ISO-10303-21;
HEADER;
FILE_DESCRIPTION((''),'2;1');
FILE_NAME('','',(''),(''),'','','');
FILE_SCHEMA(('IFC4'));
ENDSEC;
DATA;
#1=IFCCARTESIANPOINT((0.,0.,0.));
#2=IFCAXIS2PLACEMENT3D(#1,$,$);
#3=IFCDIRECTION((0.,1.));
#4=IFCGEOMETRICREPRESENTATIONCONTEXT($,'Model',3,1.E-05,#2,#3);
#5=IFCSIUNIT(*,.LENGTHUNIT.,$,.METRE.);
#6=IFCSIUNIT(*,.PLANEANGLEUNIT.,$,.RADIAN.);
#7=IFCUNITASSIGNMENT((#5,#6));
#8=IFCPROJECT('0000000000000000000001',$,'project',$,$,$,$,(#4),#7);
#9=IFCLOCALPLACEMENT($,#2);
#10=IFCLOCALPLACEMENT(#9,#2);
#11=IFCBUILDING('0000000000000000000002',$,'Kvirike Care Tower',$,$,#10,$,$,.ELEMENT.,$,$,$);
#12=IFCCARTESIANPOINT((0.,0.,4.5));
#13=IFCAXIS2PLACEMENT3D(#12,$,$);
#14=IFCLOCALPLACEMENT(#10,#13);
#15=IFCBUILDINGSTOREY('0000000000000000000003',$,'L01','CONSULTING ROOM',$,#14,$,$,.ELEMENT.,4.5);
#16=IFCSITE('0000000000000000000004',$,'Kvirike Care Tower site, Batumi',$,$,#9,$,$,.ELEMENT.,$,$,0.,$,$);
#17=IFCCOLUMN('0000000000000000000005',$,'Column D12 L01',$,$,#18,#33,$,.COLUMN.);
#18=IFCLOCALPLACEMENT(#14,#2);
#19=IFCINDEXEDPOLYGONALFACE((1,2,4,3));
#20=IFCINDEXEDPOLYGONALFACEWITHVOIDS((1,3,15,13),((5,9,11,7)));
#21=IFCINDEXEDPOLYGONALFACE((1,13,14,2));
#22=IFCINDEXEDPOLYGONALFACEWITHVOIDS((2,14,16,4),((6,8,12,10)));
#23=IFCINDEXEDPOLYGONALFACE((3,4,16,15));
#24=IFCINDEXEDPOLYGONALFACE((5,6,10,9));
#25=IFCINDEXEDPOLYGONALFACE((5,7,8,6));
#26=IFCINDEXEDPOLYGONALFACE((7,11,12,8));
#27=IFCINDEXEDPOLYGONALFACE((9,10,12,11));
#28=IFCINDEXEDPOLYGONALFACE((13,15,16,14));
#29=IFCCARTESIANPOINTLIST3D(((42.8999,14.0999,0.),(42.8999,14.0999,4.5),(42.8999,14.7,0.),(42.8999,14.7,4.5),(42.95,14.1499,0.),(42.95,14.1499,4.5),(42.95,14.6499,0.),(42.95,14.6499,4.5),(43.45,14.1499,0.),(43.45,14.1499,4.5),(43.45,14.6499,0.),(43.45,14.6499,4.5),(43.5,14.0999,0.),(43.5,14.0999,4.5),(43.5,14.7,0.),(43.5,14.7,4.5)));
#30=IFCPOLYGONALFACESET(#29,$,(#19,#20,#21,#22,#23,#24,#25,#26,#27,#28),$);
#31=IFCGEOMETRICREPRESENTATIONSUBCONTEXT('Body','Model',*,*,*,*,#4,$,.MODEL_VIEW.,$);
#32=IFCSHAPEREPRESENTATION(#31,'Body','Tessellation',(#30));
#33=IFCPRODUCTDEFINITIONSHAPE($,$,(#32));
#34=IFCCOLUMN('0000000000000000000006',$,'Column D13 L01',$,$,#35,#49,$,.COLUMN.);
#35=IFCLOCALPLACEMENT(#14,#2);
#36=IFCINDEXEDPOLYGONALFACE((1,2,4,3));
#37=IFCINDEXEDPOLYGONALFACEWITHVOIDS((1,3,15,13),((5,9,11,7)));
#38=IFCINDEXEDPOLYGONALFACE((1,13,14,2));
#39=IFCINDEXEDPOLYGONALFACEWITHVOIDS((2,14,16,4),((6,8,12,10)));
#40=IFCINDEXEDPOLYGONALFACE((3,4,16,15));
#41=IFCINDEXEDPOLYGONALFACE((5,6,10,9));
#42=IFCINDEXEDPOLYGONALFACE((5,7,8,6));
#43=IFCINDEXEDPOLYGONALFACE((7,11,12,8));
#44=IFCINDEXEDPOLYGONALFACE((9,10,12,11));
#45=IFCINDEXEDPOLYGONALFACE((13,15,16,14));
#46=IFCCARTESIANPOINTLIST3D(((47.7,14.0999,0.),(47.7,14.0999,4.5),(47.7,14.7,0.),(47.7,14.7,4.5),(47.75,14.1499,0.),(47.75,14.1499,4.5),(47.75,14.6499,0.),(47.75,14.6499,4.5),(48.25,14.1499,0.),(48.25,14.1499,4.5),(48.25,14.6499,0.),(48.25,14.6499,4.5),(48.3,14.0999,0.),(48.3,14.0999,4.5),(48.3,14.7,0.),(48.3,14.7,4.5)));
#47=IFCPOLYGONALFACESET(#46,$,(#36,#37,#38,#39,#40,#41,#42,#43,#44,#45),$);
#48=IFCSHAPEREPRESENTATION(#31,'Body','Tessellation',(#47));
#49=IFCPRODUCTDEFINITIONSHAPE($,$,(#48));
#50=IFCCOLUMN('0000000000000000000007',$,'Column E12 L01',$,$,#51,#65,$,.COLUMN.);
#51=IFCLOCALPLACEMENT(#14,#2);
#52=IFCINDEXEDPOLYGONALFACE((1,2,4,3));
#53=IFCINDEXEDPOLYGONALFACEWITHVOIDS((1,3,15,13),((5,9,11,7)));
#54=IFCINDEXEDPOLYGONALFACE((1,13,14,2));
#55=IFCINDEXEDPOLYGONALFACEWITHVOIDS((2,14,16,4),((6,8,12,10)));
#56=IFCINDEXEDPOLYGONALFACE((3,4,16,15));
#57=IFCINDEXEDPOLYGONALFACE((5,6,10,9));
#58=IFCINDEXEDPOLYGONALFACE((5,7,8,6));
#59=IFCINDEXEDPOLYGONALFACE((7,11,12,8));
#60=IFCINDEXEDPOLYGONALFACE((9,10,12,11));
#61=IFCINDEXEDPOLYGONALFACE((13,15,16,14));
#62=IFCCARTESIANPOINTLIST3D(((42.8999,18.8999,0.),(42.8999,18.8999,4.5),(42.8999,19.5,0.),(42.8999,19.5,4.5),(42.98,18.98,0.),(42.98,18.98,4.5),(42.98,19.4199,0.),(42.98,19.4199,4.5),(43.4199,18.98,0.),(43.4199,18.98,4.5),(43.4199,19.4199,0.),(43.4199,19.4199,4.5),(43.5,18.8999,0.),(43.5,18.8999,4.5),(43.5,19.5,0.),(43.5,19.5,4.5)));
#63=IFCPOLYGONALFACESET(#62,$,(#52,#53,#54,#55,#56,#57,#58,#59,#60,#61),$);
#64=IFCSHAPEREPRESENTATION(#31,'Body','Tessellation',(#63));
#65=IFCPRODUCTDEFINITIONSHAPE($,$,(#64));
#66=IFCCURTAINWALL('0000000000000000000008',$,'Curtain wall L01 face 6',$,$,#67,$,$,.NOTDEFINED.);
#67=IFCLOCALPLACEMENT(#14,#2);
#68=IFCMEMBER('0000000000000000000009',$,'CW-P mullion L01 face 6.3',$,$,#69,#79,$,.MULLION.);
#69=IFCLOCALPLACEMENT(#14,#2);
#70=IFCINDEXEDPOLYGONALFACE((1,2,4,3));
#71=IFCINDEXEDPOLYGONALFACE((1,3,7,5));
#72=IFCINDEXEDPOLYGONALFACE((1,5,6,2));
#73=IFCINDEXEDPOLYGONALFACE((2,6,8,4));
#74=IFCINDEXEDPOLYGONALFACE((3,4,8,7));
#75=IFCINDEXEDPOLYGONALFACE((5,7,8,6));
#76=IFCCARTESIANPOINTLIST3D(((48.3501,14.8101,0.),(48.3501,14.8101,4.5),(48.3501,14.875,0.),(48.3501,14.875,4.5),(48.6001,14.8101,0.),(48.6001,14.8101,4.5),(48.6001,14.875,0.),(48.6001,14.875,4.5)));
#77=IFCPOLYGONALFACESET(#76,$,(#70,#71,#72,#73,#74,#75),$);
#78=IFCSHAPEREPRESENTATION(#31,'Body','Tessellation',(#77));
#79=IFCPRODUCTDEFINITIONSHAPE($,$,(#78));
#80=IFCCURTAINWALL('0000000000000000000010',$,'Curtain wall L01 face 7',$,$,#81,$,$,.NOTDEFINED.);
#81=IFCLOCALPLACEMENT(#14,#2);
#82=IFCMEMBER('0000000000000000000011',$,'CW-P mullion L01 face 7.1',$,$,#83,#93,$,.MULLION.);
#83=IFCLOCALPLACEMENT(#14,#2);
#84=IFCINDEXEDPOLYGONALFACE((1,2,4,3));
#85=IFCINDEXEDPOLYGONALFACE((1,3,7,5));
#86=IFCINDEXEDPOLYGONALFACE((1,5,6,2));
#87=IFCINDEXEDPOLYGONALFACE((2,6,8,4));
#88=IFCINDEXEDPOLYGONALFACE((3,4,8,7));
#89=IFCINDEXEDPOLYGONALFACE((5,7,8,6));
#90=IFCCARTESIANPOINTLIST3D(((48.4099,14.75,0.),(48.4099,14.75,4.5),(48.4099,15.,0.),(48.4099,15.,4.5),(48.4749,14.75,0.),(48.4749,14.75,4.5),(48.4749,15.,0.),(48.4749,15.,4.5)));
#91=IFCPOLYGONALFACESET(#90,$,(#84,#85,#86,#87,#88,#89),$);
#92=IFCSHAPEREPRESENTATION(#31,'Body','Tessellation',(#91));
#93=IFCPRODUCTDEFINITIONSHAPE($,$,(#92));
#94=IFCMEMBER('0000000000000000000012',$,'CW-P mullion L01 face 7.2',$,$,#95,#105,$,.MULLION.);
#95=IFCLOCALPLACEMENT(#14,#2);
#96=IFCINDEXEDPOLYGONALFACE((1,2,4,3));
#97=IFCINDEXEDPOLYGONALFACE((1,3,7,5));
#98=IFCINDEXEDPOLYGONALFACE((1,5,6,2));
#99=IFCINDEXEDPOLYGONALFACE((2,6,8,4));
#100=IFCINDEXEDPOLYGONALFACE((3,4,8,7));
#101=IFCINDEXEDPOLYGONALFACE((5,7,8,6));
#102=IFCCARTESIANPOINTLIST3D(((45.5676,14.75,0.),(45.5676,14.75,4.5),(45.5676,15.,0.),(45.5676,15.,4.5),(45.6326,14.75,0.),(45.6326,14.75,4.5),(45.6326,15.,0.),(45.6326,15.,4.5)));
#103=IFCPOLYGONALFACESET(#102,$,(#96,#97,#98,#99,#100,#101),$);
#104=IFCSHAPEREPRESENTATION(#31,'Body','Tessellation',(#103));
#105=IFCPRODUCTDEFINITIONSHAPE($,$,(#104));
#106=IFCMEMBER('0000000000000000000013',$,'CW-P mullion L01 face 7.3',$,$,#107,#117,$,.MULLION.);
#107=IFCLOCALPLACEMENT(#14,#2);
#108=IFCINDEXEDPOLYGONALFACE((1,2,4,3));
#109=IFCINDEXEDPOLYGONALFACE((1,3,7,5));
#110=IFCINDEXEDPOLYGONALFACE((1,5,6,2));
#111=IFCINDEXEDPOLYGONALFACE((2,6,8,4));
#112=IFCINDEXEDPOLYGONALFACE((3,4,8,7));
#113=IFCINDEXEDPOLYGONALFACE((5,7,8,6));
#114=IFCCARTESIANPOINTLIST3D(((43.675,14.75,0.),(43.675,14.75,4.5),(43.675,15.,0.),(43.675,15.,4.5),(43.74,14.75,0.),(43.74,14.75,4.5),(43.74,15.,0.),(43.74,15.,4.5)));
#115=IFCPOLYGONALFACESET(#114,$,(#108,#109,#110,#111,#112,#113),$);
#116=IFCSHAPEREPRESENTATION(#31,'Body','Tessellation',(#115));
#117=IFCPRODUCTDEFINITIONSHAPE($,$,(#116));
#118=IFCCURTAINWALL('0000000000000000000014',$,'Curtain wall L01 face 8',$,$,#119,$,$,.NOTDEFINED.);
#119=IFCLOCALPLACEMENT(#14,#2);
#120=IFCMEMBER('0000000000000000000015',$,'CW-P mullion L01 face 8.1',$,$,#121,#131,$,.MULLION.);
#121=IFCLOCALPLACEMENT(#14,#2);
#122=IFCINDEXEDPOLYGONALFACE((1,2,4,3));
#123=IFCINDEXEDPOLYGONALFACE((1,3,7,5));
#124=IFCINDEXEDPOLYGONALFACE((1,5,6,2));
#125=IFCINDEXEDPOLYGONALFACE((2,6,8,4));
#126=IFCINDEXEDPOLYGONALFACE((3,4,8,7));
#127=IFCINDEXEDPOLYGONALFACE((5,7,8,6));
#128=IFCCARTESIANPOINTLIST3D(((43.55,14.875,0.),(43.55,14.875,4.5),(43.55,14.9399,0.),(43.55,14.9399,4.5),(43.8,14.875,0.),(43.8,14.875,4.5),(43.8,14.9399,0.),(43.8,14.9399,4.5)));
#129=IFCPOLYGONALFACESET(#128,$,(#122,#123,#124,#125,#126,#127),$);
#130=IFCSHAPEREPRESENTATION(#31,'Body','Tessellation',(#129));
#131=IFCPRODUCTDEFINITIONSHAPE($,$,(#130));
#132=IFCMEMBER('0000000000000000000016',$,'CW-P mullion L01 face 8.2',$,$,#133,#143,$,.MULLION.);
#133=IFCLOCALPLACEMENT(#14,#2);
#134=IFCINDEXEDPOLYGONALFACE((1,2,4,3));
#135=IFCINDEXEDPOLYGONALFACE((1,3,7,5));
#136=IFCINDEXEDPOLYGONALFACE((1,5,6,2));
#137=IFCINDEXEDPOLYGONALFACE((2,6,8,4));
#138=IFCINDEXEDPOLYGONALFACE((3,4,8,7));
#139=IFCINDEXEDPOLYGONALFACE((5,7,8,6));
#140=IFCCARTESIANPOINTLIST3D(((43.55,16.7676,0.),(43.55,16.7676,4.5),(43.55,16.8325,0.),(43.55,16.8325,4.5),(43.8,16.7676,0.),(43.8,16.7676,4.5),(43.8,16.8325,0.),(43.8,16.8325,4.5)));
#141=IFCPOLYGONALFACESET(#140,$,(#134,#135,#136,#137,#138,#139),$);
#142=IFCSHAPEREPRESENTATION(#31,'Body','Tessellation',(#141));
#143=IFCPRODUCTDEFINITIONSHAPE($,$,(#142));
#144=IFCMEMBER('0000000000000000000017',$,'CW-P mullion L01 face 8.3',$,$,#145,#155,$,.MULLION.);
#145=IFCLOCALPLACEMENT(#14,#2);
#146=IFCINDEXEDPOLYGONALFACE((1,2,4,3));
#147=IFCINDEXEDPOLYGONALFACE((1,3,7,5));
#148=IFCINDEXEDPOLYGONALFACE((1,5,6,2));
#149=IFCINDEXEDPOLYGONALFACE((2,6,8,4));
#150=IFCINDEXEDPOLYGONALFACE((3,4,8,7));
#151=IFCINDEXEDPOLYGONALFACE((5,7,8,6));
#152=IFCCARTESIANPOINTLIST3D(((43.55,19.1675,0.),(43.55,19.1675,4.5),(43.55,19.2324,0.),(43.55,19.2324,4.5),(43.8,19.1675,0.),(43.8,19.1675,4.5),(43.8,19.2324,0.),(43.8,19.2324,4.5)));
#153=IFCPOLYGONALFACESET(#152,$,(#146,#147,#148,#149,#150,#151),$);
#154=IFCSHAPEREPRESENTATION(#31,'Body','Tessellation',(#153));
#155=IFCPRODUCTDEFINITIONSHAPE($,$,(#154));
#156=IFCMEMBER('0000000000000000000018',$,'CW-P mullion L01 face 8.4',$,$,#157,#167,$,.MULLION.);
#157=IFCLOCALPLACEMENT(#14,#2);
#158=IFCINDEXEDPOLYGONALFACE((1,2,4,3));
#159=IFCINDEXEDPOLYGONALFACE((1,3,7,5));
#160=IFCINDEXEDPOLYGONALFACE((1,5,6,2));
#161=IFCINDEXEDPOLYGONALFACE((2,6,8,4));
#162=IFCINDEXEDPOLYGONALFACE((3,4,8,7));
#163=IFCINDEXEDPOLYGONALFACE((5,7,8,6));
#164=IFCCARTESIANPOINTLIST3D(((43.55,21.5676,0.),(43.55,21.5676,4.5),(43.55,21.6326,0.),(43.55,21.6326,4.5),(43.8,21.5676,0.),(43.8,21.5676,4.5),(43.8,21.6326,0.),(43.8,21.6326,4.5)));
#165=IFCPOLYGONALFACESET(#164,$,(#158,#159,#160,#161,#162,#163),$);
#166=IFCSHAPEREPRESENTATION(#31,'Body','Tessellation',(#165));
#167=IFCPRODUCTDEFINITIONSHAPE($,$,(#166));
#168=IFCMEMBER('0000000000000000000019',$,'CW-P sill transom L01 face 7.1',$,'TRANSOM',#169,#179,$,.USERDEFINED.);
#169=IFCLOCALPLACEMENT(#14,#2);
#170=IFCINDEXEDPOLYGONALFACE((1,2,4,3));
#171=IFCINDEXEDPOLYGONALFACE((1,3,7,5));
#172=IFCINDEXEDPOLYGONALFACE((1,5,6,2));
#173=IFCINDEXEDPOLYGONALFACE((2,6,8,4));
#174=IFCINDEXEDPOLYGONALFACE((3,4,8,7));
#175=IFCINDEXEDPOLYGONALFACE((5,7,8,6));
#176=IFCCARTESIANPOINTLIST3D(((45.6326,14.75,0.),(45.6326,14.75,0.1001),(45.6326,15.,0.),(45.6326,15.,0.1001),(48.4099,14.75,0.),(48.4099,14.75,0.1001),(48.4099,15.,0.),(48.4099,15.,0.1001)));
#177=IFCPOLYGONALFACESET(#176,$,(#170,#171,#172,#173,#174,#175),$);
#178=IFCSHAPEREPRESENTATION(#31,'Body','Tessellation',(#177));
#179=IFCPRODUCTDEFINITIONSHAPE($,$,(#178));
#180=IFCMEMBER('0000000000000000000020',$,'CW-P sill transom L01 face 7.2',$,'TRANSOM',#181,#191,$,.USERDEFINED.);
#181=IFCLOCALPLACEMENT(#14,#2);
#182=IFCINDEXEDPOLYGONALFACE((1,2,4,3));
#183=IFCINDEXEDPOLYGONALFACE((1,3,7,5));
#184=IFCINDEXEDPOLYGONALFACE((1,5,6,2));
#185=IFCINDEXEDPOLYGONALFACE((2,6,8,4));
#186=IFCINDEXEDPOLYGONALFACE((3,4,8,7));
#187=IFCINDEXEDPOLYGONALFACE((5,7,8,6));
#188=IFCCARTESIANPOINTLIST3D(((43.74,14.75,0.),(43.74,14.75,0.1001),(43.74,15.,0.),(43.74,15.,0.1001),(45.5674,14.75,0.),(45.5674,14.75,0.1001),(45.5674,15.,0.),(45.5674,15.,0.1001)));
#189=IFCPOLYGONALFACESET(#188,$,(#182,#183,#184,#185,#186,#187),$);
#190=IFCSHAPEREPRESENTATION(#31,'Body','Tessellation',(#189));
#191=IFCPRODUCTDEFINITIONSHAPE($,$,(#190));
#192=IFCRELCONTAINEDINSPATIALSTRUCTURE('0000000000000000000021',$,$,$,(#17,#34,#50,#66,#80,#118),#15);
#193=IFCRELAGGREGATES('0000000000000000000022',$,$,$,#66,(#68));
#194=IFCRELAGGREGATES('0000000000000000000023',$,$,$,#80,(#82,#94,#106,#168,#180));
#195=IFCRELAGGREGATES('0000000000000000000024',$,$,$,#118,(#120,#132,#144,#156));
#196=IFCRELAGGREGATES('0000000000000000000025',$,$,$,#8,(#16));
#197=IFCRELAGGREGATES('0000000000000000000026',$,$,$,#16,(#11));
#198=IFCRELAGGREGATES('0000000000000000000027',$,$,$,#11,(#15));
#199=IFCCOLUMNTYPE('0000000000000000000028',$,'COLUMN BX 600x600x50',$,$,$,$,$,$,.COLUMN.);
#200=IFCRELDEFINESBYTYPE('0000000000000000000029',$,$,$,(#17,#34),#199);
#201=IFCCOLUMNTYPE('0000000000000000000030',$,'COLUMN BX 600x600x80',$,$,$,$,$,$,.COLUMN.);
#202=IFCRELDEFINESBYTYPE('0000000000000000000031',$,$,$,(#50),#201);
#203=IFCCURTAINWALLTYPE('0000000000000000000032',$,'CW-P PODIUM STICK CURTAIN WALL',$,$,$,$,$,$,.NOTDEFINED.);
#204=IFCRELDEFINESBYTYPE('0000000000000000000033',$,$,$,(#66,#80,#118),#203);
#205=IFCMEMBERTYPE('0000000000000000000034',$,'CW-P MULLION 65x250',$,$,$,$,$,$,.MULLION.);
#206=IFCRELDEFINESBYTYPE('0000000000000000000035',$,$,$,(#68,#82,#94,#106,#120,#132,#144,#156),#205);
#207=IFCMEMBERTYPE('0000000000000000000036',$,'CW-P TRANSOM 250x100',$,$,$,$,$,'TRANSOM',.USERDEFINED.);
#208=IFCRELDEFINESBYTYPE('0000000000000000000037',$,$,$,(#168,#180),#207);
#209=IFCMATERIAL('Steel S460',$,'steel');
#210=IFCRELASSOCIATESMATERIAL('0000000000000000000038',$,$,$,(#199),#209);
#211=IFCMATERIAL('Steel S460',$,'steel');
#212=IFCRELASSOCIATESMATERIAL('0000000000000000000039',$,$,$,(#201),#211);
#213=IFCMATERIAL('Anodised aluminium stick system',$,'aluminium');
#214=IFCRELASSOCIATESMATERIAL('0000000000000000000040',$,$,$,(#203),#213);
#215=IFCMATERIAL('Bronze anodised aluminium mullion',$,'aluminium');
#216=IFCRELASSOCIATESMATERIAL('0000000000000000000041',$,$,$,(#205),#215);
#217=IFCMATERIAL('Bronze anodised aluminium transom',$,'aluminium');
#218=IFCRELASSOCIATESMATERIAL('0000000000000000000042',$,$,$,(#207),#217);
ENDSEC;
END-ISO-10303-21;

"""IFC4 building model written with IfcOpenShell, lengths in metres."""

from ifc_helpers import new_model, si_unit, direction, frame, origin, origin_2d, place, context, subcontext, project, spatial, rectangle, hollow_rectangle, extrude, material, material_profile, profile_set, type_object, element, aggregate, save


model = new_model("IFC4")

# Units and contexts
model_context = context("Model", 3, precision=1e-05, world=origin(), true_north=direction((0.0, 1.0)))
body_context = subcontext(model_context, "Body", "Model", "MODEL_VIEW")
ifc_project = project(units=[si_unit("LENGTHUNIT", "METRE"), si_unit("PLANEANGLEUNIT", "RADIAN")], contexts=[model_context])

# Site, building, storey
site_placement = place(None, origin())
site = spatial("IfcSite", under=ifc_project, at=site_placement, Name="Kvirike Care Tower site, Batumi", CompositionType="ELEMENT", RefElevation=0.0)
building_placement = place(site_placement, origin())
building = spatial("IfcBuilding", under=site, at=building_placement, Name="Kvirike Care Tower", CompositionType="ELEMENT")
storey_placement = place(building_placement, frame((0.0, 0.0, 4.5)))
storey = spatial("IfcBuildingStorey", under=building, at=storey_placement, Name="L01", Description="CONSULTING ROOM", CompositionType="ELEMENT", Elevation=4.5)

# Columns
ifc_material_1 = material(Name="Steel S460", Category="steel")
ifc_material_profile_1 = material_profile(ifc_material_1, hollow_rectangle(XDim=0.6001, YDim=0.6001, WallThickness=0.05, at=origin_2d()), Name="BX 600x600x50")
ifc_profile_set_1 = profile_set([ifc_material_profile_1], Name="Steel S460")
column_type_1 = type_object("IfcColumnType", Name="COLUMN BX 600x600x50", PredefinedType="COLUMN", material=ifc_profile_set_1)
for number, where, z_axis, x_axis, name in (
    (1, (43.2, 14.3999, 0.0), (0.0, 0.0, 1.0), (0.0, 1.0, 0.0), "Column D12 L01"),
    (2, (48.0, 14.3999, 0.0), (0.0, 0.0, 1.0), (0.0, 1.0, 0.0), "Column D13 L01"),
):
    element("IfcColumn", number, at=place(storey_placement, frame(where, z_axis=z_axis, x_axis=x_axis)), inside=storey, type_object=column_type_1, Name=name, PredefinedType="COLUMN", context=body_context, shape_type="SweptSolid", body=[
        extrude(hollow_rectangle(XDim=0.6001, YDim=0.6001, WallThickness=0.05, at=origin_2d()), origin(), (0.0, 0.0, 1.0), 4.5),
    ])
ifc_material_2 = material(Name="Steel S460", Category="steel")
ifc_material_profile_2 = material_profile(ifc_material_2, hollow_rectangle(XDim=0.6001, YDim=0.6001, WallThickness=0.0801, at=origin_2d()), Name="BX 600x600x80")
ifc_profile_set_2 = profile_set([ifc_material_profile_2], Name="Steel S460")
column_type_2 = type_object("IfcColumnType", Name="COLUMN BX 600x600x80", PredefinedType="COLUMN", material=ifc_profile_set_2)
column_placement = place(storey_placement, frame((43.2, 19.2, 0.0), z_axis=(0.0, 0.0, 1.0), x_axis=(1.0, 0.0, 0.0)))
element("IfcColumn", 3, at=column_placement, inside=storey, type_object=column_type_2, Name="Column E12 L01", PredefinedType="COLUMN", context=body_context, shape_type="SweptSolid", body=[
    extrude(hollow_rectangle(XDim=0.6001, YDim=0.6001, WallThickness=0.0801, at=origin_2d()), origin(), (0.0, 0.0, 1.0), 4.5),
])

# Curtain wall, member
ifc_material_3 = material(Name="Anodised aluminium stick system", Category="aluminium")
curtain_wall_type = type_object("IfcCurtainWallType", Name="CW-P PODIUM STICK CURTAIN WALL", PredefinedType="NOTDEFINED", material=ifc_material_3)
curtain_wall_1_placement = place(storey_placement, origin())
curtain_wall_1 = element("IfcCurtainWall", 4, at=curtain_wall_1_placement, inside=storey, type_object=curtain_wall_type, Name="Curtain wall L01 face 6", PredefinedType="NOTDEFINED")
ifc_material_4 = material(Name="Bronze anodised aluminium mullion", Category="aluminium")
ifc_material_profile_3 = material_profile(ifc_material_4, rectangle(XDim=0.0649, YDim=0.25, at=origin_2d()), Name="CW-P MULLION 65x250")
ifc_profile_set_3 = profile_set([ifc_material_profile_3], Name="Bronze anodised aluminium mullion")
member_type_1 = type_object("IfcMemberType", Name="CW-P MULLION 65x250", PredefinedType="MULLION", material=ifc_profile_set_3)
member_1_placement = place(storey_placement, frame((48.4751, 14.8425, 0.0), z_axis=(0.0, 0.0, 1.0), x_axis=(0.0, 1.0, 0.0)))
member_1 = element("IfcMember", 5, at=member_1_placement, type_object=member_type_1, Name="CW-P mullion L01 face 6.3", PredefinedType="MULLION", context=body_context, shape_type="SweptSolid", body=[
    extrude(rectangle(XDim=0.0649, YDim=0.25, at=origin_2d()), origin(), (0.0, 0.0, 1.0), 4.5),
])
aggregate(curtain_wall_1, [member_1])

# Curtain walls, members
curtain_wall_2_placement = place(storey_placement, origin())
curtain_wall_2 = element("IfcCurtainWall", 6, at=curtain_wall_2_placement, inside=storey, type_object=curtain_wall_type, Name="Curtain wall L01 face 7", PredefinedType="NOTDEFINED")
member_2_placement = place(storey_placement, frame((48.4424, 14.875, 0.0), z_axis=(0.0, 0.0, 1.0), x_axis=(-1.0, 0.0, 0.0)))
member_2 = element("IfcMember", 7, at=member_2_placement, type_object=member_type_1, Name="CW-P mullion L01 face 7.1", PredefinedType="MULLION", context=body_context, shape_type="SweptSolid", body=[
    extrude(rectangle(XDim=0.0649, YDim=0.25, at=origin_2d()), origin(), (0.0, 0.0, 1.0), 4.5),
])
member_3_placement = place(storey_placement, frame((45.6001, 14.875, 0.0), z_axis=(0.0, 0.0, 1.0), x_axis=(-1.0, 0.0, 0.0)))
member_3 = element("IfcMember", 8, at=member_3_placement, type_object=member_type_1, Name="CW-P mullion L01 face 7.2", PredefinedType="MULLION", context=body_context, shape_type="SweptSolid", body=[
    extrude(rectangle(XDim=0.0649, YDim=0.25, at=origin_2d()), origin(), (0.0, 0.0, 1.0), 4.5),
])
member_4_placement = place(storey_placement, frame((43.7075, 14.875, 0.0), z_axis=(0.0, 0.0, 1.0), x_axis=(-1.0, 0.0, 0.0)))
member_4 = element("IfcMember", 9, at=member_4_placement, type_object=member_type_1, Name="CW-P mullion L01 face 7.3", PredefinedType="MULLION", context=body_context, shape_type="SweptSolid", body=[
    extrude(rectangle(XDim=0.0649, YDim=0.25, at=origin_2d()), origin(), (0.0, 0.0, 1.0), 4.5),
])
curtain_wall_3_placement = place(storey_placement, origin())
curtain_wall_3 = element("IfcCurtainWall", 10, at=curtain_wall_3_placement, inside=storey, type_object=curtain_wall_type, Name="Curtain wall L01 face 8", PredefinedType="NOTDEFINED")
member_5_placement = place(storey_placement, frame((43.675, 14.9075, 0.0), z_axis=(0.0, 0.0, 1.0), x_axis=(0.0, 1.0, 0.0)))
member_5 = element("IfcMember", 11, at=member_5_placement, type_object=member_type_1, Name="CW-P mullion L01 face 8.1", PredefinedType="MULLION", context=body_context, shape_type="SweptSolid", body=[
    extrude(rectangle(XDim=0.0649, YDim=0.25, at=origin_2d()), origin(), (0.0, 0.0, 1.0), 4.5),
])
member_6_placement = place(storey_placement, frame((43.675, 16.8, 0.0), z_axis=(0.0, 0.0, 1.0), x_axis=(0.0, 1.0, 0.0)))
member_6 = element("IfcMember", 12, at=member_6_placement, type_object=member_type_1, Name="CW-P mullion L01 face 8.2", PredefinedType="MULLION", context=body_context, shape_type="SweptSolid", body=[
    extrude(rectangle(XDim=0.0649, YDim=0.25, at=origin_2d()), origin(), (0.0, 0.0, 1.0), 4.5),
])
member_7_placement = place(storey_placement, frame((43.675, 19.2, 0.0), z_axis=(0.0, 0.0, 1.0), x_axis=(0.0, 1.0, 0.0)))
member_7 = element("IfcMember", 13, at=member_7_placement, type_object=member_type_1, Name="CW-P mullion L01 face 8.3", PredefinedType="MULLION", context=body_context, shape_type="SweptSolid", body=[
    extrude(rectangle(XDim=0.0649, YDim=0.25, at=origin_2d()), origin(), (0.0, 0.0, 1.0), 4.5),
])
member_8_placement = place(storey_placement, frame((43.675, 21.6001, 0.0), z_axis=(0.0, 0.0, 1.0), x_axis=(0.0, 1.0, 0.0)))
member_8 = element("IfcMember", 14, at=member_8_placement, type_object=member_type_1, Name="CW-P mullion L01 face 8.4", PredefinedType="MULLION", context=body_context, shape_type="SweptSolid", body=[
    extrude(rectangle(XDim=0.0649, YDim=0.25, at=origin_2d()), origin(), (0.0, 0.0, 1.0), 4.5),
])

# Members
ifc_material_5 = material(Name="Bronze anodised aluminium transom", Category="aluminium")
ifc_material_profile_4 = material_profile(ifc_material_5, rectangle(XDim=0.25, YDim=0.1001, at=origin_2d()), Name="CW-P TRANSOM 250x100")
ifc_profile_set_4 = profile_set([ifc_material_profile_4], Name="Bronze anodised aluminium transom")
member_type_2 = type_object("IfcMemberType", Name="CW-P TRANSOM 250x100", ElementType="TRANSOM", PredefinedType="USERDEFINED", material=ifc_profile_set_4)
member_9_placement = place(storey_placement, frame((48.4099, 14.875, 0.05), z_axis=(-1.0, 0.0, 0.0), x_axis=(0.0, -1.0, 0.0)))
member_9 = element("IfcMember", 15, at=member_9_placement, type_object=member_type_2, Name="CW-P sill transom L01 face 7.1", ObjectType="TRANSOM", PredefinedType="USERDEFINED", context=body_context, shape_type="SweptSolid", body=[
    extrude(rectangle(XDim=0.25, YDim=0.1001, at=origin_2d()), origin(), (0.0, 0.0, 1.0), 2.7773),
])
member_10_placement = place(storey_placement, frame((45.5674, 14.875, 0.05), z_axis=(-1.0, 0.0, 0.0), x_axis=(0.0, -1.0, 0.0)))
member_10 = element("IfcMember", 16, at=member_10_placement, type_object=member_type_2, Name="CW-P sill transom L01 face 7.2", ObjectType="TRANSOM", PredefinedType="USERDEFINED", context=body_context, shape_type="SweptSolid", body=[
    extrude(rectangle(XDim=0.25, YDim=0.1001, at=origin_2d()), origin(), (0.0, 0.0, 1.0), 1.8274),
])

aggregate(curtain_wall_2, [member_2, member_3, member_4, member_9, member_10])
aggregate(curtain_wall_3, [member_5, member_6, member_7, member_8])

save(model, "model.ifc")
